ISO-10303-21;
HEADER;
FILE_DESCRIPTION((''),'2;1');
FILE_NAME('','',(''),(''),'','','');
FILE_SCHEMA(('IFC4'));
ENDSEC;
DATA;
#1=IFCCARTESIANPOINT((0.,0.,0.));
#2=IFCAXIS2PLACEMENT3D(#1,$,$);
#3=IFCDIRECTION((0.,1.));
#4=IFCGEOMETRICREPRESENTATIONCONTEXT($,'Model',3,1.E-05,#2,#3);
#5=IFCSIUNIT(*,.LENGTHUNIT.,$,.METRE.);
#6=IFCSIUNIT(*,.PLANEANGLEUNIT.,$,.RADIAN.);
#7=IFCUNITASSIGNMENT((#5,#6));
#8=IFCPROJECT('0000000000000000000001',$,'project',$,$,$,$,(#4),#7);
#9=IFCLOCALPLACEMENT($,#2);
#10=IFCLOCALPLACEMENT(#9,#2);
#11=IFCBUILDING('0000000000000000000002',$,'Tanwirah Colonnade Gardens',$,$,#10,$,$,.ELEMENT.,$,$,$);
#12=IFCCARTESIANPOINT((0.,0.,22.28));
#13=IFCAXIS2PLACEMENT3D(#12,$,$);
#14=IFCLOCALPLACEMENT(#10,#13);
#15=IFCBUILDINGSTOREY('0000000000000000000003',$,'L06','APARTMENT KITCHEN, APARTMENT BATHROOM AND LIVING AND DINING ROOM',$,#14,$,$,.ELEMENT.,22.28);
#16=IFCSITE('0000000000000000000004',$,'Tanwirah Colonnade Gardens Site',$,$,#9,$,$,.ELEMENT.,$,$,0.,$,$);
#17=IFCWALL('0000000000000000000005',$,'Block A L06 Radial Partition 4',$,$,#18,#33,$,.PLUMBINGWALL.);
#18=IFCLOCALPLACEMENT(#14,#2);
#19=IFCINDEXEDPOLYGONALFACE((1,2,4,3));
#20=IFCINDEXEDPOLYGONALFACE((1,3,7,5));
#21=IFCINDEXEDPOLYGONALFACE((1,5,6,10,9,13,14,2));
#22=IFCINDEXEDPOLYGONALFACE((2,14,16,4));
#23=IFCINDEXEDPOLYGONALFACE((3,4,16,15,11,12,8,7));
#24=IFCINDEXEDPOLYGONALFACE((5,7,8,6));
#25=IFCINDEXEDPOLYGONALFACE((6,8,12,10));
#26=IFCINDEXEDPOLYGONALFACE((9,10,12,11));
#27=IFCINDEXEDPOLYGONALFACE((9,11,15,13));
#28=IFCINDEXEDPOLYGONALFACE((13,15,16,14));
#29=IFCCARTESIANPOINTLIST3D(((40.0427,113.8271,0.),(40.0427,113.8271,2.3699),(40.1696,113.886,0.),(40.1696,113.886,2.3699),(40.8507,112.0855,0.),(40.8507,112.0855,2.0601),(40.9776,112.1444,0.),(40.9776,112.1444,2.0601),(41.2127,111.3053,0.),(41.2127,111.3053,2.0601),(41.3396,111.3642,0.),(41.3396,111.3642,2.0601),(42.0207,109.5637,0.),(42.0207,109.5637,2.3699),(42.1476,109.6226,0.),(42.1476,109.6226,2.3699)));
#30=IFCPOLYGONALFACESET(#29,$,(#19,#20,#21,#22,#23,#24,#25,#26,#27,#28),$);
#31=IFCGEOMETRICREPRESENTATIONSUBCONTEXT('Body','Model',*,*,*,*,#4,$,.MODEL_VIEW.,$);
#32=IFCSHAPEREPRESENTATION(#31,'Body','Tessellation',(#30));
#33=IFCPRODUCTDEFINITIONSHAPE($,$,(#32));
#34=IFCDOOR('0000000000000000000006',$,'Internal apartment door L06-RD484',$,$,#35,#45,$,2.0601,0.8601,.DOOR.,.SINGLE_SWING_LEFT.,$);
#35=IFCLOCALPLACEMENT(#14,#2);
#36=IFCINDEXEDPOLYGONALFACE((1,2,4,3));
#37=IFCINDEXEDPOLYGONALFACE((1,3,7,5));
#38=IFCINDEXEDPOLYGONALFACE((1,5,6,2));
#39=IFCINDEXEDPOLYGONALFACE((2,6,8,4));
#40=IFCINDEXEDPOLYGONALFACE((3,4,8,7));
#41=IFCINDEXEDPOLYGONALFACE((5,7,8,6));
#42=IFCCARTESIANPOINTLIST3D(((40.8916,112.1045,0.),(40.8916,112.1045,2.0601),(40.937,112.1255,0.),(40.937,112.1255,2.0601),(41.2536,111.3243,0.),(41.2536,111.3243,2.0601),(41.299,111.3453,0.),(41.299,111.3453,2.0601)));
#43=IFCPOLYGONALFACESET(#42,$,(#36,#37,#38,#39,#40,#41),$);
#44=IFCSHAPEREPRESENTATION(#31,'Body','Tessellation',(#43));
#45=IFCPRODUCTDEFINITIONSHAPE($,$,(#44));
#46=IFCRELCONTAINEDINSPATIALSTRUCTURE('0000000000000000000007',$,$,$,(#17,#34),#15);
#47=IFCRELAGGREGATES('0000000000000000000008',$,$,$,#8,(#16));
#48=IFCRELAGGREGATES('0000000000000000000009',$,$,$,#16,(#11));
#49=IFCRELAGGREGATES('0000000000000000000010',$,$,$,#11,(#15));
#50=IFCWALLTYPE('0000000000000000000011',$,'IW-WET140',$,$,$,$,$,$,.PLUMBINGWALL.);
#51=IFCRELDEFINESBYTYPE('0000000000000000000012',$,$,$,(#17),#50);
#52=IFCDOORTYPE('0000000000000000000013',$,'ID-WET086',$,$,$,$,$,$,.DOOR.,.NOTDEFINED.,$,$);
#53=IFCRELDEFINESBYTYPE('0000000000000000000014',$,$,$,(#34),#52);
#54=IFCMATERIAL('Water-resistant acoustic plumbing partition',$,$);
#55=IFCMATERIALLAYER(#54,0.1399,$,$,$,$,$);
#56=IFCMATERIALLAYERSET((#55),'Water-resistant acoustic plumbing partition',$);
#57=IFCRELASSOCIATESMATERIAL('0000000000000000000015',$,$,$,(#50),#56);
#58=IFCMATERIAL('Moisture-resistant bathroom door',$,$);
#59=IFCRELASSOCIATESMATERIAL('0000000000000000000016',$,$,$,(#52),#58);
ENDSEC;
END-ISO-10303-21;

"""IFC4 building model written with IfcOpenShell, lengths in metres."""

from ifc_helpers import new_model, si_unit, direction, frame, frame_2d, origin, place, context, subcontext, project, spatial, rectangle, extrude, material, layer, layer_set, type_object, element, fill, save


model = new_model("IFC4")

# Units and contexts
model_context = context("Model", 3, precision=1e-05, world=origin(), true_north=direction((0.0, 1.0)))
body_context = subcontext(model_context, "Body", "Model", "MODEL_VIEW")
ifc_project = project(units=[si_unit("LENGTHUNIT", "METRE"), si_unit("PLANEANGLEUNIT", "RADIAN")], contexts=[model_context])

# Site, building, storey
site_placement = place(None, origin())
site = spatial("IfcSite", under=ifc_project, at=site_placement, Name="Tanwirah Colonnade Gardens Site", CompositionType="ELEMENT", RefElevation=0.0)
building_placement = place(site_placement, origin())
building = spatial("IfcBuilding", under=site, at=building_placement, Name="Tanwirah Colonnade Gardens", CompositionType="ELEMENT")
storey_placement = place(building_placement, frame((0.0, 0.0, 22.28)))
storey = spatial("IfcBuildingStorey", under=building, at=storey_placement, Name="L06", Description="APARTMENT KITCHEN, APARTMENT BATHROOM AND LIVING AND DINING ROOM", CompositionType="ELEMENT", Elevation=22.28)

# Wall, opening, door
ifc_material_1 = material(Name="Water-resistant acoustic plumbing partition")
ifc_layer_1 = layer(ifc_material_1, 0.1399)
ifc_layer_set_1 = layer_set([ifc_layer_1], Name="Water-resistant acoustic plumbing partition")
wall_type_1 = type_object("IfcWallType", Name="IW-WET140", PredefinedType="PLUMBINGWALL", material=ifc_layer_set_1)
wall_1_placement = place(storey_placement, frame((42.0842, 109.593, 0.0), z_axis=(0.0, 0.0, 1.0), x_axis=(-0.420863, 0.907124, 0.0)))
wall_1 = element("IfcWall", 1, at=wall_1_placement, inside=storey, type_object=wall_type_1, Name="Block A L06 Radial Partition 4", PredefinedType="PLUMBINGWALL", context=body_context, shape_type="SweptSolid", body=[
    extrude(rectangle(XDim=4.7, YDim=0.1399, at=frame_2d((2.3501, 0.0))), origin(), (0.0, 0.0, 1.0), 2.3699),
])
opening_1_placement = place(wall_1_placement, frame((1.9199, 0.0, 0.0)))
opening_1 = element("IfcOpeningElement", 2, at=opening_1_placement, cuts=wall_1, PredefinedType="OPENING", context=body_context, shape_type="SweptSolid", body=[
    extrude(rectangle(XDim=0.8601, YDim=2.0601, at=frame_2d((0.4302, 1.03))), frame((0.0, 0.0798, 0.0), z_axis=(0.0, -1.0, 0.0), x_axis=(1.0, 0.0, 0.0)), (0.0, 0.0, 1.0), 0.1599),
])
ifc_material_2 = material(Name="Moisture-resistant bathroom door")
door_type_1 = type_object("IfcDoorType", Name="ID-WET086", OperationType="NOTDEFINED", PredefinedType="DOOR", material=ifc_material_2)
door_1_placement = place(opening_1_placement, origin())
door_1 = element("IfcDoor", 3, at=door_1_placement, inside=storey, type_object=door_type_1, Name="Internal apartment door L06-RD484", OperationType="SINGLE_SWING_LEFT", OverallHeight=2.0601, OverallWidth=0.8601, PredefinedType="DOOR", context=body_context, shape_type="SweptSolid", body=[
    extrude(rectangle(XDim=0.8601, YDim=2.0601, at=frame_2d((0.4302, 1.03))), frame((0.0, 0.0249, 0.0), z_axis=(0.0, -1.0, 0.0), x_axis=(1.0, 0.0, 0.0)), (0.0, 0.0, 1.0), 0.05),
])
fill(opening_1, door_1)

save(model, "model.ifc")
